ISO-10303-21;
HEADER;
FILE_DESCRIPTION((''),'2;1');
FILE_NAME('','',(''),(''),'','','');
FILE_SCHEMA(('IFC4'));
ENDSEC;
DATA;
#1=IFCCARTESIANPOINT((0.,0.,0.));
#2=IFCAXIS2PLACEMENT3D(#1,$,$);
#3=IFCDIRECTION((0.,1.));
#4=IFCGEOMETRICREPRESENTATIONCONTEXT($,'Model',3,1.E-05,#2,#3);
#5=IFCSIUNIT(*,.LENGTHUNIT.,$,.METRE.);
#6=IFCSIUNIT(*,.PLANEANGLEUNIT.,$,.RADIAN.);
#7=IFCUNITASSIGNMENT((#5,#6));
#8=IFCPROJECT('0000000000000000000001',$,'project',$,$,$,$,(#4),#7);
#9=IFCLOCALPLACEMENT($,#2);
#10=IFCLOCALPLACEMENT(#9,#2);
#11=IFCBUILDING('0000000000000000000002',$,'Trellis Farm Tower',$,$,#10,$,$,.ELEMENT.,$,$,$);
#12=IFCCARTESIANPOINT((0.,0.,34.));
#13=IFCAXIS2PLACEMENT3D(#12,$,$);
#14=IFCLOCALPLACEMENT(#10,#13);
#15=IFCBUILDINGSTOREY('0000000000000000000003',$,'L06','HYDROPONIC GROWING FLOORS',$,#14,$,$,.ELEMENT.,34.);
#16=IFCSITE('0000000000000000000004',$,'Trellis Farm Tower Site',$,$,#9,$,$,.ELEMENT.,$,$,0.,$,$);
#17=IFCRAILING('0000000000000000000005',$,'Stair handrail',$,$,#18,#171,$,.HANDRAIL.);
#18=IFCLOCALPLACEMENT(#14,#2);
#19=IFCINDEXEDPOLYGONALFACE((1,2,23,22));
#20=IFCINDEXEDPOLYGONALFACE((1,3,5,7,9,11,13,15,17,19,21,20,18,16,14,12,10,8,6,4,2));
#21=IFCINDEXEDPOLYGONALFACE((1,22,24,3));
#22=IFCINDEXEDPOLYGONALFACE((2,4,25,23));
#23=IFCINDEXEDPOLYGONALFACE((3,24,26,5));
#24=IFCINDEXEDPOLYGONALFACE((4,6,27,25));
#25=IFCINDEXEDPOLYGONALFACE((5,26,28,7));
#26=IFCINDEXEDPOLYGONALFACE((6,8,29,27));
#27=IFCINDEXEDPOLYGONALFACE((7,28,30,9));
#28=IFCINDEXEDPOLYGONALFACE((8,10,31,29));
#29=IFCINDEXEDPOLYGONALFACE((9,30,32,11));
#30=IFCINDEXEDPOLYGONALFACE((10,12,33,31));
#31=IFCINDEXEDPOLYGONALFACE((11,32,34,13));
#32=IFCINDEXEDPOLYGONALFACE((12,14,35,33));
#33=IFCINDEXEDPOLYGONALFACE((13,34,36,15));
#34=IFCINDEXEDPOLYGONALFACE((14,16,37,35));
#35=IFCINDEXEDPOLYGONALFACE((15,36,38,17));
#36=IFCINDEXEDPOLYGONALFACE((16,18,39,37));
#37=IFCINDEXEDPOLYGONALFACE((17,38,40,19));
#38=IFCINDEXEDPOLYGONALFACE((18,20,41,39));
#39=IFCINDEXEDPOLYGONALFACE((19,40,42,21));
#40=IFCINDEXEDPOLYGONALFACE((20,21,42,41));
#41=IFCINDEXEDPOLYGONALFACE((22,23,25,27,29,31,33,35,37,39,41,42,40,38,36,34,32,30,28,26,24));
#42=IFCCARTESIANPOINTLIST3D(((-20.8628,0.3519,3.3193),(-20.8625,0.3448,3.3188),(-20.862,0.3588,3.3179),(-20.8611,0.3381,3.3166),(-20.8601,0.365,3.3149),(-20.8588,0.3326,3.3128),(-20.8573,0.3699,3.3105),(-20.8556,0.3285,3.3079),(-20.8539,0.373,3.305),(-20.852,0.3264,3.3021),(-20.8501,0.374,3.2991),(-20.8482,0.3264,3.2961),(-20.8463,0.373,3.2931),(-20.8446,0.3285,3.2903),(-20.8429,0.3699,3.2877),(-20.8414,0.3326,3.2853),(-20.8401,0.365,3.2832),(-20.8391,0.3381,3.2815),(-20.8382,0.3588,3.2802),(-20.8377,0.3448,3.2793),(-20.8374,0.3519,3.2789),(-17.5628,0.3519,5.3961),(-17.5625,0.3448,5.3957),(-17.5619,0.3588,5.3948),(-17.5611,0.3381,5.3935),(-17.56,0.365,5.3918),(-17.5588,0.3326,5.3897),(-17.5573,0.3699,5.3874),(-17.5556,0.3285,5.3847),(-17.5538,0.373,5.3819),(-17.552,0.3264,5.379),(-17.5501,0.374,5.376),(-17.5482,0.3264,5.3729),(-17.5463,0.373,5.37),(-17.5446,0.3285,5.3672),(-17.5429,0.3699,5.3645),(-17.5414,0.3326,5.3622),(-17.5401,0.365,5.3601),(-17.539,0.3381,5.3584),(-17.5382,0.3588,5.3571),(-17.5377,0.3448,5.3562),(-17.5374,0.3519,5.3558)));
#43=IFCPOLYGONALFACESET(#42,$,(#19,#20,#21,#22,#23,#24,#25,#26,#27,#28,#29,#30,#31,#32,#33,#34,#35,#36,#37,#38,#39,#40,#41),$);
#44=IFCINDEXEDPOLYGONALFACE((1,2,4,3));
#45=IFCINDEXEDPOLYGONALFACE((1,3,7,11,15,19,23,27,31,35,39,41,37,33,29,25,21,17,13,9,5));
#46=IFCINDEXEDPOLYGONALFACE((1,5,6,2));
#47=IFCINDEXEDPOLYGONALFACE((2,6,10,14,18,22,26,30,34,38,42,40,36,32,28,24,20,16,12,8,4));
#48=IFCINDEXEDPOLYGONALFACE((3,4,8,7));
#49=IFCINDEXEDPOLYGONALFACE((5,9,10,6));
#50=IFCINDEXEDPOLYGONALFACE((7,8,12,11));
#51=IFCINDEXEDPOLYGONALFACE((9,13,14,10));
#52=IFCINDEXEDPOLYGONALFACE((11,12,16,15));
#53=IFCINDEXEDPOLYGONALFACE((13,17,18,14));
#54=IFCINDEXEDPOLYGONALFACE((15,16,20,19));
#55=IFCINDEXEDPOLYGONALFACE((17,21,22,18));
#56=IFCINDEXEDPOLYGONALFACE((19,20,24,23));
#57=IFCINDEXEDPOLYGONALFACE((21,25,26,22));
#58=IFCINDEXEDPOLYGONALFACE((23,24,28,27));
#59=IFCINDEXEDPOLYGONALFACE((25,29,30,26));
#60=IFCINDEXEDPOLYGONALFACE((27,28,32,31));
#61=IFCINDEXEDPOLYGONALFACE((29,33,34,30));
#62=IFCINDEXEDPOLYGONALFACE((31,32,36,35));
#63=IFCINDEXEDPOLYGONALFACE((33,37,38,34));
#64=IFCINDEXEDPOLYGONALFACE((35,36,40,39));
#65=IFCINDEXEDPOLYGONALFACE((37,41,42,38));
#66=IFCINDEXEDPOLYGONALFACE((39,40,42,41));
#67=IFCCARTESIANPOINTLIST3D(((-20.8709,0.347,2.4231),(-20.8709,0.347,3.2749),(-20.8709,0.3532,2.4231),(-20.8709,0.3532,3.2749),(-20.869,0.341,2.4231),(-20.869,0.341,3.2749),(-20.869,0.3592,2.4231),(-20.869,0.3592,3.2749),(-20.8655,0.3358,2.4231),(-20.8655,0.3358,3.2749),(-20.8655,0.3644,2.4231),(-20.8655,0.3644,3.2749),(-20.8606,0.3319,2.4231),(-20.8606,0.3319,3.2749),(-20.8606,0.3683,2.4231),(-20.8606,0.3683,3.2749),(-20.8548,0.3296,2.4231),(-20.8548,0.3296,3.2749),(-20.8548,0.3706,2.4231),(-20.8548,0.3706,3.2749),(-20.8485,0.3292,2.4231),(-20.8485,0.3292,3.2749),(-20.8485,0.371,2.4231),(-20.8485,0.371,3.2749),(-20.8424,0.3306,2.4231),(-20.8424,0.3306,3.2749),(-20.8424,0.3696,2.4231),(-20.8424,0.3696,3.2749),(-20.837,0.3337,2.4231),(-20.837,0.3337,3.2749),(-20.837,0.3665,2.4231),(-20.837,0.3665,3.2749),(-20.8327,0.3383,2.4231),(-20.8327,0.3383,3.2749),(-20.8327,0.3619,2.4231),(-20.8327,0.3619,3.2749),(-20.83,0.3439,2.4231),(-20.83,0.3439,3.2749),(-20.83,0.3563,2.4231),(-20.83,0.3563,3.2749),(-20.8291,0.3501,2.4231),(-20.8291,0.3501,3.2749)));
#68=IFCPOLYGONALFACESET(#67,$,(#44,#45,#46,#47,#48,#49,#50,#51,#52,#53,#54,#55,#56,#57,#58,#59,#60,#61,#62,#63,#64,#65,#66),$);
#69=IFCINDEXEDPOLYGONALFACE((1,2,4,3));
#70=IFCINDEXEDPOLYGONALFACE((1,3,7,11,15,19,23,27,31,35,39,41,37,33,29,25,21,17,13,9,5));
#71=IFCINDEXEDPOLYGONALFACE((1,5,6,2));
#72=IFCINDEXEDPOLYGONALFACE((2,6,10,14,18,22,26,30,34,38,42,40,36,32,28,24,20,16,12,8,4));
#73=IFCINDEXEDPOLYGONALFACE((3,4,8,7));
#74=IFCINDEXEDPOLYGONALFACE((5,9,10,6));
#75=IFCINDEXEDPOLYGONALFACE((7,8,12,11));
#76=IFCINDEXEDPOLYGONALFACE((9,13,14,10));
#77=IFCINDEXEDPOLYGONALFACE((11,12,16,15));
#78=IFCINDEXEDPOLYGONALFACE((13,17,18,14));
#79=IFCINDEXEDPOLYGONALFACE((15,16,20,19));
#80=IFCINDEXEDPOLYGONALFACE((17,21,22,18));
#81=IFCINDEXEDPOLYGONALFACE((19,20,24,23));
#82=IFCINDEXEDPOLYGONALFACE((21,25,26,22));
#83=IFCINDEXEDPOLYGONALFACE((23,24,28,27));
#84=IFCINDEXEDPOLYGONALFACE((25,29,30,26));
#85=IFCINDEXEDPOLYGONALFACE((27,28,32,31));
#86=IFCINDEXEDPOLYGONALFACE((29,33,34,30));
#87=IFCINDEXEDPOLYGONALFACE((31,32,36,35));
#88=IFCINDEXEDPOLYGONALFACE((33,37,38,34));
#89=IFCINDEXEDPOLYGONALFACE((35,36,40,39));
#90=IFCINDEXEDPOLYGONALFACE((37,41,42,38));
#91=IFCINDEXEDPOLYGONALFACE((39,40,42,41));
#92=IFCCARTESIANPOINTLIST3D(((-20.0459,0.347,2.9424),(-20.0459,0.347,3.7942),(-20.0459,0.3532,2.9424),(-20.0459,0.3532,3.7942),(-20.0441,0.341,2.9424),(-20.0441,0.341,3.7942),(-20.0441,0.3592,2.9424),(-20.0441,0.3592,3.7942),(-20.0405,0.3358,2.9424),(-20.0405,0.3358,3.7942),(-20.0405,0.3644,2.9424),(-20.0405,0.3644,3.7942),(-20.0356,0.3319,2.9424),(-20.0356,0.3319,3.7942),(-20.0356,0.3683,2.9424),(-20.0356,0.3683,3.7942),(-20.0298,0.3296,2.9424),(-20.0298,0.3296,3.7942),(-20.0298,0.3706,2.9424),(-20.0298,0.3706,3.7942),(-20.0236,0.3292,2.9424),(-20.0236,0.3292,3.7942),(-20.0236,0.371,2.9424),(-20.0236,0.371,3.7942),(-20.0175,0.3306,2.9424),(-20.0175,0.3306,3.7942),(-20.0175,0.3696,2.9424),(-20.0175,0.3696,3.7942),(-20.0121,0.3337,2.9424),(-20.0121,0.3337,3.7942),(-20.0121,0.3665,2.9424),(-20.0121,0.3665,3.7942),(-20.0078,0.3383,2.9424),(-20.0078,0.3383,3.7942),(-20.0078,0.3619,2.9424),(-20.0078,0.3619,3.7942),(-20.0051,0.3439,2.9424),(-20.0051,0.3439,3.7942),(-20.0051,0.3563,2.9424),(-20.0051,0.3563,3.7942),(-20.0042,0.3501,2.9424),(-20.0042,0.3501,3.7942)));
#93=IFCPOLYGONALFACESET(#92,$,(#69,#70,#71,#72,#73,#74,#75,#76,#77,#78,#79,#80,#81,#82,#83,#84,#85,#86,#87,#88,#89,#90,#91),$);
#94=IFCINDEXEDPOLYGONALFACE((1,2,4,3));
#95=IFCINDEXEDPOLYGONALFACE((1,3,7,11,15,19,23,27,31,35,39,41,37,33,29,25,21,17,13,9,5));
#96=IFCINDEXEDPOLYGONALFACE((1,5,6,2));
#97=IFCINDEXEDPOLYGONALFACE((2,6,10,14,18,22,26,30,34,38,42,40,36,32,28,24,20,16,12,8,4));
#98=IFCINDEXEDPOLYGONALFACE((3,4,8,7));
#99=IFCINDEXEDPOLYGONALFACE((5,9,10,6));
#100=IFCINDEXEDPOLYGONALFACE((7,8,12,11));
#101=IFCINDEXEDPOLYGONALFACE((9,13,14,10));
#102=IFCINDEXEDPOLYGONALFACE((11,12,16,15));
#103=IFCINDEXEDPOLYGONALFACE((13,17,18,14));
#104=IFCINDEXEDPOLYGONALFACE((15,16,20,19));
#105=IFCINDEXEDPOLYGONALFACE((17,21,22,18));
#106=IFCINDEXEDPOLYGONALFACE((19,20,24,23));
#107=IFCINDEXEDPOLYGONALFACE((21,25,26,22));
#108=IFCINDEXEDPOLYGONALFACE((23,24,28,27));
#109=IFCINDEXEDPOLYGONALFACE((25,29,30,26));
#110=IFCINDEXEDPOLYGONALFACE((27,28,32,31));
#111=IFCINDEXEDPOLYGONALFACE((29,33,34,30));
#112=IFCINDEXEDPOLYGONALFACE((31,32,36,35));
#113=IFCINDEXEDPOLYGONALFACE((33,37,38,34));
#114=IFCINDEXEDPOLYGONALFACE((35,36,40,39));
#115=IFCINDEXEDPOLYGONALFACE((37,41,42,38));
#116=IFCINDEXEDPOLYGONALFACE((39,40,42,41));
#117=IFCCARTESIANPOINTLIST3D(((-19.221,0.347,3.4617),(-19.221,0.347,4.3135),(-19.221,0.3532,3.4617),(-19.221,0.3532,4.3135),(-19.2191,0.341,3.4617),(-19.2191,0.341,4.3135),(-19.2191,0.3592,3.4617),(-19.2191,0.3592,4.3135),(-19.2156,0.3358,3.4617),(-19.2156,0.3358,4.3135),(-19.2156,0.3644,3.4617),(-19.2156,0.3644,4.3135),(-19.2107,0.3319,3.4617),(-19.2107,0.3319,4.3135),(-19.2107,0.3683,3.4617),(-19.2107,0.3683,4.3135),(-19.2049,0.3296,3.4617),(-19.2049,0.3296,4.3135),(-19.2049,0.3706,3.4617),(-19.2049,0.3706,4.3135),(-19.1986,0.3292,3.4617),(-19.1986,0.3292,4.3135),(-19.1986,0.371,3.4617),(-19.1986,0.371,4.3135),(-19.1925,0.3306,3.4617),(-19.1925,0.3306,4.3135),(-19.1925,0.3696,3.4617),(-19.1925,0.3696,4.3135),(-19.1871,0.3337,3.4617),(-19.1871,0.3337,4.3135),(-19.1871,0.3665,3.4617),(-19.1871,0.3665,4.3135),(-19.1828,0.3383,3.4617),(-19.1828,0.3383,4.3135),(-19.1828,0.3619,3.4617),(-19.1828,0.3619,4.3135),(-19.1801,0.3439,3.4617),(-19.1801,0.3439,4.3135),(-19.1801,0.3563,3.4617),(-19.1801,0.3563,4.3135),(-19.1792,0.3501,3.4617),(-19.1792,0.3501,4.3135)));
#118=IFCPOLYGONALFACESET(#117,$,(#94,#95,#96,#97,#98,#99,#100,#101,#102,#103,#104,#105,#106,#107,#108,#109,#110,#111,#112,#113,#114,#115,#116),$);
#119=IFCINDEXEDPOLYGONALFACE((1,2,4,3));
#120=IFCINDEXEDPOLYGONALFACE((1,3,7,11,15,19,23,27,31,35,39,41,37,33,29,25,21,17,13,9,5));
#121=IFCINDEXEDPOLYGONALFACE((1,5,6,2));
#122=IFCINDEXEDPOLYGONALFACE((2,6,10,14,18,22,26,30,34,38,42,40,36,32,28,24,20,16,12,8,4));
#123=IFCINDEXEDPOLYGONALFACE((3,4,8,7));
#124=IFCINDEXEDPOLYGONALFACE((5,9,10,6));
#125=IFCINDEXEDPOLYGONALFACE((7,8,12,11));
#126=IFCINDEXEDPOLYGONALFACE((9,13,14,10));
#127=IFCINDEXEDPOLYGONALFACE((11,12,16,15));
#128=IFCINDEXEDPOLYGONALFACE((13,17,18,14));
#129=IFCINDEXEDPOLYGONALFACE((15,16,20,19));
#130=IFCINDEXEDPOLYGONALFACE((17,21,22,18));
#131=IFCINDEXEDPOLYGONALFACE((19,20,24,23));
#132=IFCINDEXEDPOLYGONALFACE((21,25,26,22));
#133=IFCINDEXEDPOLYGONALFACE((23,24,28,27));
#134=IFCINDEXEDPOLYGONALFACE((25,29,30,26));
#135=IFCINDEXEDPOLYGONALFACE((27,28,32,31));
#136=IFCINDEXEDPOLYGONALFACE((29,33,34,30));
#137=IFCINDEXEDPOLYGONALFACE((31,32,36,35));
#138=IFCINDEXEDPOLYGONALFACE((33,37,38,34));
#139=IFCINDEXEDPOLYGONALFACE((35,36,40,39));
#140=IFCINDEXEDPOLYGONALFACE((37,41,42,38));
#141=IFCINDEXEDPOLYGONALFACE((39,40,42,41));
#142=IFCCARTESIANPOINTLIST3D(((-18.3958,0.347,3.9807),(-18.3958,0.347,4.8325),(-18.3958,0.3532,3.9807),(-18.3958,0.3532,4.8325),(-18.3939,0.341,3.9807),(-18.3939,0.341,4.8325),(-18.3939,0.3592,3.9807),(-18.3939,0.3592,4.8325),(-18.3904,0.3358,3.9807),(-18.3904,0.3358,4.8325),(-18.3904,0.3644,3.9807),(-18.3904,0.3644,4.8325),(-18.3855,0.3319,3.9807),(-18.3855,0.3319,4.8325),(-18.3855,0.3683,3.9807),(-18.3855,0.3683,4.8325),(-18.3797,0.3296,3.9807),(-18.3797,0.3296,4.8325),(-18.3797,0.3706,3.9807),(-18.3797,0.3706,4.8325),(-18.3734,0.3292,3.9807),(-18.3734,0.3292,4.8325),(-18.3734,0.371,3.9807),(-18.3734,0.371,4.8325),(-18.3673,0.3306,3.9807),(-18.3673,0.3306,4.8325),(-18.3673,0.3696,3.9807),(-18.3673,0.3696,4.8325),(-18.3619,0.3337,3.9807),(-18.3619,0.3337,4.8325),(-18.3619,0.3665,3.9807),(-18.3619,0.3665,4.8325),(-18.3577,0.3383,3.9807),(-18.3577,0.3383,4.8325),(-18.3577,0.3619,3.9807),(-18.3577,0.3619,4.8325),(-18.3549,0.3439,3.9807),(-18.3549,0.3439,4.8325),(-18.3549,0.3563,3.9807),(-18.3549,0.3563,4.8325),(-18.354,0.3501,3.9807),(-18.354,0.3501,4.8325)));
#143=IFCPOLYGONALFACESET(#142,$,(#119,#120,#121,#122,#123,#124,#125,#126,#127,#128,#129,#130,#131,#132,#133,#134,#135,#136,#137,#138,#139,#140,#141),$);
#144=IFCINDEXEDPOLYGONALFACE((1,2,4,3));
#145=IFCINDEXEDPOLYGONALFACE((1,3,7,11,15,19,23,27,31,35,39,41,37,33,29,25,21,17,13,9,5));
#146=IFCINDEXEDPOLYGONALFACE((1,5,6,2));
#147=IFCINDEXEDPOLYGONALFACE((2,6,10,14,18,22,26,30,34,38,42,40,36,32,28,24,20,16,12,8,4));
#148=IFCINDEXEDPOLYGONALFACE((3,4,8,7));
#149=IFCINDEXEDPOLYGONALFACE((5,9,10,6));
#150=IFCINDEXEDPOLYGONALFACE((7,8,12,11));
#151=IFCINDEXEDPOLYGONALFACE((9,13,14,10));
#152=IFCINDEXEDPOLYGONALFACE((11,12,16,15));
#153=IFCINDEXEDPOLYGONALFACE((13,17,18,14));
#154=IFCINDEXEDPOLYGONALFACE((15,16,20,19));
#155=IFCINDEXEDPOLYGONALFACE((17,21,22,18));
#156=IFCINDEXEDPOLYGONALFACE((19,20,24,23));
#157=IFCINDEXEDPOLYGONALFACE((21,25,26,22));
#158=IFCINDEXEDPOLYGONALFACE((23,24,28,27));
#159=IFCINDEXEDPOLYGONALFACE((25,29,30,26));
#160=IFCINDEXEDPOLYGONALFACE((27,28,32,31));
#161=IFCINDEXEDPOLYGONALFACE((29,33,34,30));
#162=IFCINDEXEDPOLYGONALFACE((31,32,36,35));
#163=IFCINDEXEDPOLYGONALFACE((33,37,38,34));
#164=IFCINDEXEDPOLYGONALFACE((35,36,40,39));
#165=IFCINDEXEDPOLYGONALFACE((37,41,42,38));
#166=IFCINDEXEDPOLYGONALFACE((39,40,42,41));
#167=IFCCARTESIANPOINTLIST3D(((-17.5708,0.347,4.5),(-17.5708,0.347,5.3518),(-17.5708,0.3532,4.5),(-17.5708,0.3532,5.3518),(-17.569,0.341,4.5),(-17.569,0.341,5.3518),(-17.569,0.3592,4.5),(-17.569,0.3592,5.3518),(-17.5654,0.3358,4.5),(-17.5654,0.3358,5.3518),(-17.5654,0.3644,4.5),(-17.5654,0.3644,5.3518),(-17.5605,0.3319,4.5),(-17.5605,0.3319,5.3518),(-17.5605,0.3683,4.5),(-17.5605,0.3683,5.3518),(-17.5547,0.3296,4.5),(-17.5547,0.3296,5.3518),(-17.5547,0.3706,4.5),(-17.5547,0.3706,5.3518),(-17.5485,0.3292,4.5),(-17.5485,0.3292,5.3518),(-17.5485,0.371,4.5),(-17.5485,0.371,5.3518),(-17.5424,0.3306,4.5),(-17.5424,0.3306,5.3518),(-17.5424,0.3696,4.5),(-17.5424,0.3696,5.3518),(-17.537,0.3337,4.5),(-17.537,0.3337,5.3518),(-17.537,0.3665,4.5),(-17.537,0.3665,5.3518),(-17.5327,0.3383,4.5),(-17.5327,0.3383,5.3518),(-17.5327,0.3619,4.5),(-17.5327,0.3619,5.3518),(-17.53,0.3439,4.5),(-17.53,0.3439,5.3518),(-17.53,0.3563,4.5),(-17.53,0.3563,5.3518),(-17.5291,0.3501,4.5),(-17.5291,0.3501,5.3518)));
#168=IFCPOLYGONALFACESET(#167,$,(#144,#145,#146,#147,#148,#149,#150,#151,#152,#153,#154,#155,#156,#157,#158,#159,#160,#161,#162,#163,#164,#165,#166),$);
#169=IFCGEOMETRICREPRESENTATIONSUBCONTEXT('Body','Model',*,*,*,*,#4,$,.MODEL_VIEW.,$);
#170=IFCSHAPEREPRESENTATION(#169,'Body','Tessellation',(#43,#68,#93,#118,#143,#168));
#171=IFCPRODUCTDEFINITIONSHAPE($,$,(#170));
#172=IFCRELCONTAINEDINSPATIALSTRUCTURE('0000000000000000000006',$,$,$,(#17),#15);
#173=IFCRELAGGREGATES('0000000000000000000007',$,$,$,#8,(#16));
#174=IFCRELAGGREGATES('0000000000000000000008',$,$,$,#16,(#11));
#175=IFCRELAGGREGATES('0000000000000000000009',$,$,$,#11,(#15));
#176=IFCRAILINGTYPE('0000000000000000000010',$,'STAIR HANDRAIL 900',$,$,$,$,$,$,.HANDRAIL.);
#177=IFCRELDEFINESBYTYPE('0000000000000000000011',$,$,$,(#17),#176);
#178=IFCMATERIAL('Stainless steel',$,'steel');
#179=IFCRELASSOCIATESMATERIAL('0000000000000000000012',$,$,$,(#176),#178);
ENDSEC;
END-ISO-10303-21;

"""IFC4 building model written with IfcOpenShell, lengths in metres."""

from ifc_helpers import new_model, si_unit, direction, frame, origin, origin_2d, place, context, subcontext, project, spatial, circle, extrude, source, transform, mapped, material, type_object, element, save


model = new_model("IFC4")

# Units and contexts
model_context = context("Model", 3, precision=1e-05, world=origin(), true_north=direction((0.0, 1.0)))
body_context = subcontext(model_context, "Body", "Model", "MODEL_VIEW")
ifc_project = project(units=[si_unit("LENGTHUNIT", "METRE"), si_unit("PLANEANGLEUNIT", "RADIAN")], contexts=[model_context])

# Site, building, storey
site_placement = place(None, origin())
site = spatial("IfcSite", under=ifc_project, at=site_placement, Name="Trellis Farm Tower Site", CompositionType="ELEMENT", RefElevation=0.0)
building_placement = place(site_placement, origin())
building = spatial("IfcBuilding", under=site, at=building_placement, Name="Trellis Farm Tower", CompositionType="ELEMENT")
storey_placement = place(building_placement, frame((0.0, 0.0, 34.0)))
storey = spatial("IfcBuildingStorey", under=building, at=storey_placement, Name="L06", Description="HYDROPONIC GROWING FLOORS", CompositionType="ELEMENT", Elevation=34.0)

# Railing
ifc_material_1 = material(Name="Stainless steel", Category="steel")
railing_type_1 = type_object("IfcRailingType", Name="STAIR HANDRAIL 900", PredefinedType="HANDRAIL", material=ifc_material_1)
shared_shape_1 = source(origin(), body_context, "Body", "SweptSolid", [
    extrude(circle(Radius=0.0239, at=origin_2d()), frame((0.0, 0.0, 0.876), z_axis=(0.846337, 0.0, 0.532647), x_axis=(0.0, 1.0, 0.0)), (0.0, 0.0, 1.0), 3.8992),
    extrude(circle(Radius=0.021, at=origin_2d()), origin(), (0.0, 0.0, 1.0), 0.8518),
    extrude(circle(Radius=0.021, at=origin_2d()), frame((0.825, 0.0, 0.5193)), (0.0, 0.0, 1.0), 0.8518),
    extrude(circle(Radius=0.021, at=origin_2d()), frame((1.6499, 0.0, 1.0386)), (0.0, 0.0, 1.0), 0.8518),
    extrude(circle(Radius=0.021, at=origin_2d()), frame((2.4751, 0.0, 1.5576)), (0.0, 0.0, 1.0), 0.8518),
    extrude(circle(Radius=0.021, at=origin_2d()), frame((3.3, 0.0, 2.0769)), (0.0, 0.0, 1.0), 0.8518),
])
for number, where, name in (
    (1, (-20.8501, 0.3501, 2.4231), "Stair handrail"),
):
    element("IfcRailing", number, at=place(storey_placement, frame(where)), inside=storey, type_object=railing_type_1, Name=name, PredefinedType="HANDRAIL", context=body_context, shape_type="MappedRepresentation", body=[
        mapped(shared_shape_1, transform((0.0, 0.0, 0.0))),
    ])

save(model, "model.ifc")
